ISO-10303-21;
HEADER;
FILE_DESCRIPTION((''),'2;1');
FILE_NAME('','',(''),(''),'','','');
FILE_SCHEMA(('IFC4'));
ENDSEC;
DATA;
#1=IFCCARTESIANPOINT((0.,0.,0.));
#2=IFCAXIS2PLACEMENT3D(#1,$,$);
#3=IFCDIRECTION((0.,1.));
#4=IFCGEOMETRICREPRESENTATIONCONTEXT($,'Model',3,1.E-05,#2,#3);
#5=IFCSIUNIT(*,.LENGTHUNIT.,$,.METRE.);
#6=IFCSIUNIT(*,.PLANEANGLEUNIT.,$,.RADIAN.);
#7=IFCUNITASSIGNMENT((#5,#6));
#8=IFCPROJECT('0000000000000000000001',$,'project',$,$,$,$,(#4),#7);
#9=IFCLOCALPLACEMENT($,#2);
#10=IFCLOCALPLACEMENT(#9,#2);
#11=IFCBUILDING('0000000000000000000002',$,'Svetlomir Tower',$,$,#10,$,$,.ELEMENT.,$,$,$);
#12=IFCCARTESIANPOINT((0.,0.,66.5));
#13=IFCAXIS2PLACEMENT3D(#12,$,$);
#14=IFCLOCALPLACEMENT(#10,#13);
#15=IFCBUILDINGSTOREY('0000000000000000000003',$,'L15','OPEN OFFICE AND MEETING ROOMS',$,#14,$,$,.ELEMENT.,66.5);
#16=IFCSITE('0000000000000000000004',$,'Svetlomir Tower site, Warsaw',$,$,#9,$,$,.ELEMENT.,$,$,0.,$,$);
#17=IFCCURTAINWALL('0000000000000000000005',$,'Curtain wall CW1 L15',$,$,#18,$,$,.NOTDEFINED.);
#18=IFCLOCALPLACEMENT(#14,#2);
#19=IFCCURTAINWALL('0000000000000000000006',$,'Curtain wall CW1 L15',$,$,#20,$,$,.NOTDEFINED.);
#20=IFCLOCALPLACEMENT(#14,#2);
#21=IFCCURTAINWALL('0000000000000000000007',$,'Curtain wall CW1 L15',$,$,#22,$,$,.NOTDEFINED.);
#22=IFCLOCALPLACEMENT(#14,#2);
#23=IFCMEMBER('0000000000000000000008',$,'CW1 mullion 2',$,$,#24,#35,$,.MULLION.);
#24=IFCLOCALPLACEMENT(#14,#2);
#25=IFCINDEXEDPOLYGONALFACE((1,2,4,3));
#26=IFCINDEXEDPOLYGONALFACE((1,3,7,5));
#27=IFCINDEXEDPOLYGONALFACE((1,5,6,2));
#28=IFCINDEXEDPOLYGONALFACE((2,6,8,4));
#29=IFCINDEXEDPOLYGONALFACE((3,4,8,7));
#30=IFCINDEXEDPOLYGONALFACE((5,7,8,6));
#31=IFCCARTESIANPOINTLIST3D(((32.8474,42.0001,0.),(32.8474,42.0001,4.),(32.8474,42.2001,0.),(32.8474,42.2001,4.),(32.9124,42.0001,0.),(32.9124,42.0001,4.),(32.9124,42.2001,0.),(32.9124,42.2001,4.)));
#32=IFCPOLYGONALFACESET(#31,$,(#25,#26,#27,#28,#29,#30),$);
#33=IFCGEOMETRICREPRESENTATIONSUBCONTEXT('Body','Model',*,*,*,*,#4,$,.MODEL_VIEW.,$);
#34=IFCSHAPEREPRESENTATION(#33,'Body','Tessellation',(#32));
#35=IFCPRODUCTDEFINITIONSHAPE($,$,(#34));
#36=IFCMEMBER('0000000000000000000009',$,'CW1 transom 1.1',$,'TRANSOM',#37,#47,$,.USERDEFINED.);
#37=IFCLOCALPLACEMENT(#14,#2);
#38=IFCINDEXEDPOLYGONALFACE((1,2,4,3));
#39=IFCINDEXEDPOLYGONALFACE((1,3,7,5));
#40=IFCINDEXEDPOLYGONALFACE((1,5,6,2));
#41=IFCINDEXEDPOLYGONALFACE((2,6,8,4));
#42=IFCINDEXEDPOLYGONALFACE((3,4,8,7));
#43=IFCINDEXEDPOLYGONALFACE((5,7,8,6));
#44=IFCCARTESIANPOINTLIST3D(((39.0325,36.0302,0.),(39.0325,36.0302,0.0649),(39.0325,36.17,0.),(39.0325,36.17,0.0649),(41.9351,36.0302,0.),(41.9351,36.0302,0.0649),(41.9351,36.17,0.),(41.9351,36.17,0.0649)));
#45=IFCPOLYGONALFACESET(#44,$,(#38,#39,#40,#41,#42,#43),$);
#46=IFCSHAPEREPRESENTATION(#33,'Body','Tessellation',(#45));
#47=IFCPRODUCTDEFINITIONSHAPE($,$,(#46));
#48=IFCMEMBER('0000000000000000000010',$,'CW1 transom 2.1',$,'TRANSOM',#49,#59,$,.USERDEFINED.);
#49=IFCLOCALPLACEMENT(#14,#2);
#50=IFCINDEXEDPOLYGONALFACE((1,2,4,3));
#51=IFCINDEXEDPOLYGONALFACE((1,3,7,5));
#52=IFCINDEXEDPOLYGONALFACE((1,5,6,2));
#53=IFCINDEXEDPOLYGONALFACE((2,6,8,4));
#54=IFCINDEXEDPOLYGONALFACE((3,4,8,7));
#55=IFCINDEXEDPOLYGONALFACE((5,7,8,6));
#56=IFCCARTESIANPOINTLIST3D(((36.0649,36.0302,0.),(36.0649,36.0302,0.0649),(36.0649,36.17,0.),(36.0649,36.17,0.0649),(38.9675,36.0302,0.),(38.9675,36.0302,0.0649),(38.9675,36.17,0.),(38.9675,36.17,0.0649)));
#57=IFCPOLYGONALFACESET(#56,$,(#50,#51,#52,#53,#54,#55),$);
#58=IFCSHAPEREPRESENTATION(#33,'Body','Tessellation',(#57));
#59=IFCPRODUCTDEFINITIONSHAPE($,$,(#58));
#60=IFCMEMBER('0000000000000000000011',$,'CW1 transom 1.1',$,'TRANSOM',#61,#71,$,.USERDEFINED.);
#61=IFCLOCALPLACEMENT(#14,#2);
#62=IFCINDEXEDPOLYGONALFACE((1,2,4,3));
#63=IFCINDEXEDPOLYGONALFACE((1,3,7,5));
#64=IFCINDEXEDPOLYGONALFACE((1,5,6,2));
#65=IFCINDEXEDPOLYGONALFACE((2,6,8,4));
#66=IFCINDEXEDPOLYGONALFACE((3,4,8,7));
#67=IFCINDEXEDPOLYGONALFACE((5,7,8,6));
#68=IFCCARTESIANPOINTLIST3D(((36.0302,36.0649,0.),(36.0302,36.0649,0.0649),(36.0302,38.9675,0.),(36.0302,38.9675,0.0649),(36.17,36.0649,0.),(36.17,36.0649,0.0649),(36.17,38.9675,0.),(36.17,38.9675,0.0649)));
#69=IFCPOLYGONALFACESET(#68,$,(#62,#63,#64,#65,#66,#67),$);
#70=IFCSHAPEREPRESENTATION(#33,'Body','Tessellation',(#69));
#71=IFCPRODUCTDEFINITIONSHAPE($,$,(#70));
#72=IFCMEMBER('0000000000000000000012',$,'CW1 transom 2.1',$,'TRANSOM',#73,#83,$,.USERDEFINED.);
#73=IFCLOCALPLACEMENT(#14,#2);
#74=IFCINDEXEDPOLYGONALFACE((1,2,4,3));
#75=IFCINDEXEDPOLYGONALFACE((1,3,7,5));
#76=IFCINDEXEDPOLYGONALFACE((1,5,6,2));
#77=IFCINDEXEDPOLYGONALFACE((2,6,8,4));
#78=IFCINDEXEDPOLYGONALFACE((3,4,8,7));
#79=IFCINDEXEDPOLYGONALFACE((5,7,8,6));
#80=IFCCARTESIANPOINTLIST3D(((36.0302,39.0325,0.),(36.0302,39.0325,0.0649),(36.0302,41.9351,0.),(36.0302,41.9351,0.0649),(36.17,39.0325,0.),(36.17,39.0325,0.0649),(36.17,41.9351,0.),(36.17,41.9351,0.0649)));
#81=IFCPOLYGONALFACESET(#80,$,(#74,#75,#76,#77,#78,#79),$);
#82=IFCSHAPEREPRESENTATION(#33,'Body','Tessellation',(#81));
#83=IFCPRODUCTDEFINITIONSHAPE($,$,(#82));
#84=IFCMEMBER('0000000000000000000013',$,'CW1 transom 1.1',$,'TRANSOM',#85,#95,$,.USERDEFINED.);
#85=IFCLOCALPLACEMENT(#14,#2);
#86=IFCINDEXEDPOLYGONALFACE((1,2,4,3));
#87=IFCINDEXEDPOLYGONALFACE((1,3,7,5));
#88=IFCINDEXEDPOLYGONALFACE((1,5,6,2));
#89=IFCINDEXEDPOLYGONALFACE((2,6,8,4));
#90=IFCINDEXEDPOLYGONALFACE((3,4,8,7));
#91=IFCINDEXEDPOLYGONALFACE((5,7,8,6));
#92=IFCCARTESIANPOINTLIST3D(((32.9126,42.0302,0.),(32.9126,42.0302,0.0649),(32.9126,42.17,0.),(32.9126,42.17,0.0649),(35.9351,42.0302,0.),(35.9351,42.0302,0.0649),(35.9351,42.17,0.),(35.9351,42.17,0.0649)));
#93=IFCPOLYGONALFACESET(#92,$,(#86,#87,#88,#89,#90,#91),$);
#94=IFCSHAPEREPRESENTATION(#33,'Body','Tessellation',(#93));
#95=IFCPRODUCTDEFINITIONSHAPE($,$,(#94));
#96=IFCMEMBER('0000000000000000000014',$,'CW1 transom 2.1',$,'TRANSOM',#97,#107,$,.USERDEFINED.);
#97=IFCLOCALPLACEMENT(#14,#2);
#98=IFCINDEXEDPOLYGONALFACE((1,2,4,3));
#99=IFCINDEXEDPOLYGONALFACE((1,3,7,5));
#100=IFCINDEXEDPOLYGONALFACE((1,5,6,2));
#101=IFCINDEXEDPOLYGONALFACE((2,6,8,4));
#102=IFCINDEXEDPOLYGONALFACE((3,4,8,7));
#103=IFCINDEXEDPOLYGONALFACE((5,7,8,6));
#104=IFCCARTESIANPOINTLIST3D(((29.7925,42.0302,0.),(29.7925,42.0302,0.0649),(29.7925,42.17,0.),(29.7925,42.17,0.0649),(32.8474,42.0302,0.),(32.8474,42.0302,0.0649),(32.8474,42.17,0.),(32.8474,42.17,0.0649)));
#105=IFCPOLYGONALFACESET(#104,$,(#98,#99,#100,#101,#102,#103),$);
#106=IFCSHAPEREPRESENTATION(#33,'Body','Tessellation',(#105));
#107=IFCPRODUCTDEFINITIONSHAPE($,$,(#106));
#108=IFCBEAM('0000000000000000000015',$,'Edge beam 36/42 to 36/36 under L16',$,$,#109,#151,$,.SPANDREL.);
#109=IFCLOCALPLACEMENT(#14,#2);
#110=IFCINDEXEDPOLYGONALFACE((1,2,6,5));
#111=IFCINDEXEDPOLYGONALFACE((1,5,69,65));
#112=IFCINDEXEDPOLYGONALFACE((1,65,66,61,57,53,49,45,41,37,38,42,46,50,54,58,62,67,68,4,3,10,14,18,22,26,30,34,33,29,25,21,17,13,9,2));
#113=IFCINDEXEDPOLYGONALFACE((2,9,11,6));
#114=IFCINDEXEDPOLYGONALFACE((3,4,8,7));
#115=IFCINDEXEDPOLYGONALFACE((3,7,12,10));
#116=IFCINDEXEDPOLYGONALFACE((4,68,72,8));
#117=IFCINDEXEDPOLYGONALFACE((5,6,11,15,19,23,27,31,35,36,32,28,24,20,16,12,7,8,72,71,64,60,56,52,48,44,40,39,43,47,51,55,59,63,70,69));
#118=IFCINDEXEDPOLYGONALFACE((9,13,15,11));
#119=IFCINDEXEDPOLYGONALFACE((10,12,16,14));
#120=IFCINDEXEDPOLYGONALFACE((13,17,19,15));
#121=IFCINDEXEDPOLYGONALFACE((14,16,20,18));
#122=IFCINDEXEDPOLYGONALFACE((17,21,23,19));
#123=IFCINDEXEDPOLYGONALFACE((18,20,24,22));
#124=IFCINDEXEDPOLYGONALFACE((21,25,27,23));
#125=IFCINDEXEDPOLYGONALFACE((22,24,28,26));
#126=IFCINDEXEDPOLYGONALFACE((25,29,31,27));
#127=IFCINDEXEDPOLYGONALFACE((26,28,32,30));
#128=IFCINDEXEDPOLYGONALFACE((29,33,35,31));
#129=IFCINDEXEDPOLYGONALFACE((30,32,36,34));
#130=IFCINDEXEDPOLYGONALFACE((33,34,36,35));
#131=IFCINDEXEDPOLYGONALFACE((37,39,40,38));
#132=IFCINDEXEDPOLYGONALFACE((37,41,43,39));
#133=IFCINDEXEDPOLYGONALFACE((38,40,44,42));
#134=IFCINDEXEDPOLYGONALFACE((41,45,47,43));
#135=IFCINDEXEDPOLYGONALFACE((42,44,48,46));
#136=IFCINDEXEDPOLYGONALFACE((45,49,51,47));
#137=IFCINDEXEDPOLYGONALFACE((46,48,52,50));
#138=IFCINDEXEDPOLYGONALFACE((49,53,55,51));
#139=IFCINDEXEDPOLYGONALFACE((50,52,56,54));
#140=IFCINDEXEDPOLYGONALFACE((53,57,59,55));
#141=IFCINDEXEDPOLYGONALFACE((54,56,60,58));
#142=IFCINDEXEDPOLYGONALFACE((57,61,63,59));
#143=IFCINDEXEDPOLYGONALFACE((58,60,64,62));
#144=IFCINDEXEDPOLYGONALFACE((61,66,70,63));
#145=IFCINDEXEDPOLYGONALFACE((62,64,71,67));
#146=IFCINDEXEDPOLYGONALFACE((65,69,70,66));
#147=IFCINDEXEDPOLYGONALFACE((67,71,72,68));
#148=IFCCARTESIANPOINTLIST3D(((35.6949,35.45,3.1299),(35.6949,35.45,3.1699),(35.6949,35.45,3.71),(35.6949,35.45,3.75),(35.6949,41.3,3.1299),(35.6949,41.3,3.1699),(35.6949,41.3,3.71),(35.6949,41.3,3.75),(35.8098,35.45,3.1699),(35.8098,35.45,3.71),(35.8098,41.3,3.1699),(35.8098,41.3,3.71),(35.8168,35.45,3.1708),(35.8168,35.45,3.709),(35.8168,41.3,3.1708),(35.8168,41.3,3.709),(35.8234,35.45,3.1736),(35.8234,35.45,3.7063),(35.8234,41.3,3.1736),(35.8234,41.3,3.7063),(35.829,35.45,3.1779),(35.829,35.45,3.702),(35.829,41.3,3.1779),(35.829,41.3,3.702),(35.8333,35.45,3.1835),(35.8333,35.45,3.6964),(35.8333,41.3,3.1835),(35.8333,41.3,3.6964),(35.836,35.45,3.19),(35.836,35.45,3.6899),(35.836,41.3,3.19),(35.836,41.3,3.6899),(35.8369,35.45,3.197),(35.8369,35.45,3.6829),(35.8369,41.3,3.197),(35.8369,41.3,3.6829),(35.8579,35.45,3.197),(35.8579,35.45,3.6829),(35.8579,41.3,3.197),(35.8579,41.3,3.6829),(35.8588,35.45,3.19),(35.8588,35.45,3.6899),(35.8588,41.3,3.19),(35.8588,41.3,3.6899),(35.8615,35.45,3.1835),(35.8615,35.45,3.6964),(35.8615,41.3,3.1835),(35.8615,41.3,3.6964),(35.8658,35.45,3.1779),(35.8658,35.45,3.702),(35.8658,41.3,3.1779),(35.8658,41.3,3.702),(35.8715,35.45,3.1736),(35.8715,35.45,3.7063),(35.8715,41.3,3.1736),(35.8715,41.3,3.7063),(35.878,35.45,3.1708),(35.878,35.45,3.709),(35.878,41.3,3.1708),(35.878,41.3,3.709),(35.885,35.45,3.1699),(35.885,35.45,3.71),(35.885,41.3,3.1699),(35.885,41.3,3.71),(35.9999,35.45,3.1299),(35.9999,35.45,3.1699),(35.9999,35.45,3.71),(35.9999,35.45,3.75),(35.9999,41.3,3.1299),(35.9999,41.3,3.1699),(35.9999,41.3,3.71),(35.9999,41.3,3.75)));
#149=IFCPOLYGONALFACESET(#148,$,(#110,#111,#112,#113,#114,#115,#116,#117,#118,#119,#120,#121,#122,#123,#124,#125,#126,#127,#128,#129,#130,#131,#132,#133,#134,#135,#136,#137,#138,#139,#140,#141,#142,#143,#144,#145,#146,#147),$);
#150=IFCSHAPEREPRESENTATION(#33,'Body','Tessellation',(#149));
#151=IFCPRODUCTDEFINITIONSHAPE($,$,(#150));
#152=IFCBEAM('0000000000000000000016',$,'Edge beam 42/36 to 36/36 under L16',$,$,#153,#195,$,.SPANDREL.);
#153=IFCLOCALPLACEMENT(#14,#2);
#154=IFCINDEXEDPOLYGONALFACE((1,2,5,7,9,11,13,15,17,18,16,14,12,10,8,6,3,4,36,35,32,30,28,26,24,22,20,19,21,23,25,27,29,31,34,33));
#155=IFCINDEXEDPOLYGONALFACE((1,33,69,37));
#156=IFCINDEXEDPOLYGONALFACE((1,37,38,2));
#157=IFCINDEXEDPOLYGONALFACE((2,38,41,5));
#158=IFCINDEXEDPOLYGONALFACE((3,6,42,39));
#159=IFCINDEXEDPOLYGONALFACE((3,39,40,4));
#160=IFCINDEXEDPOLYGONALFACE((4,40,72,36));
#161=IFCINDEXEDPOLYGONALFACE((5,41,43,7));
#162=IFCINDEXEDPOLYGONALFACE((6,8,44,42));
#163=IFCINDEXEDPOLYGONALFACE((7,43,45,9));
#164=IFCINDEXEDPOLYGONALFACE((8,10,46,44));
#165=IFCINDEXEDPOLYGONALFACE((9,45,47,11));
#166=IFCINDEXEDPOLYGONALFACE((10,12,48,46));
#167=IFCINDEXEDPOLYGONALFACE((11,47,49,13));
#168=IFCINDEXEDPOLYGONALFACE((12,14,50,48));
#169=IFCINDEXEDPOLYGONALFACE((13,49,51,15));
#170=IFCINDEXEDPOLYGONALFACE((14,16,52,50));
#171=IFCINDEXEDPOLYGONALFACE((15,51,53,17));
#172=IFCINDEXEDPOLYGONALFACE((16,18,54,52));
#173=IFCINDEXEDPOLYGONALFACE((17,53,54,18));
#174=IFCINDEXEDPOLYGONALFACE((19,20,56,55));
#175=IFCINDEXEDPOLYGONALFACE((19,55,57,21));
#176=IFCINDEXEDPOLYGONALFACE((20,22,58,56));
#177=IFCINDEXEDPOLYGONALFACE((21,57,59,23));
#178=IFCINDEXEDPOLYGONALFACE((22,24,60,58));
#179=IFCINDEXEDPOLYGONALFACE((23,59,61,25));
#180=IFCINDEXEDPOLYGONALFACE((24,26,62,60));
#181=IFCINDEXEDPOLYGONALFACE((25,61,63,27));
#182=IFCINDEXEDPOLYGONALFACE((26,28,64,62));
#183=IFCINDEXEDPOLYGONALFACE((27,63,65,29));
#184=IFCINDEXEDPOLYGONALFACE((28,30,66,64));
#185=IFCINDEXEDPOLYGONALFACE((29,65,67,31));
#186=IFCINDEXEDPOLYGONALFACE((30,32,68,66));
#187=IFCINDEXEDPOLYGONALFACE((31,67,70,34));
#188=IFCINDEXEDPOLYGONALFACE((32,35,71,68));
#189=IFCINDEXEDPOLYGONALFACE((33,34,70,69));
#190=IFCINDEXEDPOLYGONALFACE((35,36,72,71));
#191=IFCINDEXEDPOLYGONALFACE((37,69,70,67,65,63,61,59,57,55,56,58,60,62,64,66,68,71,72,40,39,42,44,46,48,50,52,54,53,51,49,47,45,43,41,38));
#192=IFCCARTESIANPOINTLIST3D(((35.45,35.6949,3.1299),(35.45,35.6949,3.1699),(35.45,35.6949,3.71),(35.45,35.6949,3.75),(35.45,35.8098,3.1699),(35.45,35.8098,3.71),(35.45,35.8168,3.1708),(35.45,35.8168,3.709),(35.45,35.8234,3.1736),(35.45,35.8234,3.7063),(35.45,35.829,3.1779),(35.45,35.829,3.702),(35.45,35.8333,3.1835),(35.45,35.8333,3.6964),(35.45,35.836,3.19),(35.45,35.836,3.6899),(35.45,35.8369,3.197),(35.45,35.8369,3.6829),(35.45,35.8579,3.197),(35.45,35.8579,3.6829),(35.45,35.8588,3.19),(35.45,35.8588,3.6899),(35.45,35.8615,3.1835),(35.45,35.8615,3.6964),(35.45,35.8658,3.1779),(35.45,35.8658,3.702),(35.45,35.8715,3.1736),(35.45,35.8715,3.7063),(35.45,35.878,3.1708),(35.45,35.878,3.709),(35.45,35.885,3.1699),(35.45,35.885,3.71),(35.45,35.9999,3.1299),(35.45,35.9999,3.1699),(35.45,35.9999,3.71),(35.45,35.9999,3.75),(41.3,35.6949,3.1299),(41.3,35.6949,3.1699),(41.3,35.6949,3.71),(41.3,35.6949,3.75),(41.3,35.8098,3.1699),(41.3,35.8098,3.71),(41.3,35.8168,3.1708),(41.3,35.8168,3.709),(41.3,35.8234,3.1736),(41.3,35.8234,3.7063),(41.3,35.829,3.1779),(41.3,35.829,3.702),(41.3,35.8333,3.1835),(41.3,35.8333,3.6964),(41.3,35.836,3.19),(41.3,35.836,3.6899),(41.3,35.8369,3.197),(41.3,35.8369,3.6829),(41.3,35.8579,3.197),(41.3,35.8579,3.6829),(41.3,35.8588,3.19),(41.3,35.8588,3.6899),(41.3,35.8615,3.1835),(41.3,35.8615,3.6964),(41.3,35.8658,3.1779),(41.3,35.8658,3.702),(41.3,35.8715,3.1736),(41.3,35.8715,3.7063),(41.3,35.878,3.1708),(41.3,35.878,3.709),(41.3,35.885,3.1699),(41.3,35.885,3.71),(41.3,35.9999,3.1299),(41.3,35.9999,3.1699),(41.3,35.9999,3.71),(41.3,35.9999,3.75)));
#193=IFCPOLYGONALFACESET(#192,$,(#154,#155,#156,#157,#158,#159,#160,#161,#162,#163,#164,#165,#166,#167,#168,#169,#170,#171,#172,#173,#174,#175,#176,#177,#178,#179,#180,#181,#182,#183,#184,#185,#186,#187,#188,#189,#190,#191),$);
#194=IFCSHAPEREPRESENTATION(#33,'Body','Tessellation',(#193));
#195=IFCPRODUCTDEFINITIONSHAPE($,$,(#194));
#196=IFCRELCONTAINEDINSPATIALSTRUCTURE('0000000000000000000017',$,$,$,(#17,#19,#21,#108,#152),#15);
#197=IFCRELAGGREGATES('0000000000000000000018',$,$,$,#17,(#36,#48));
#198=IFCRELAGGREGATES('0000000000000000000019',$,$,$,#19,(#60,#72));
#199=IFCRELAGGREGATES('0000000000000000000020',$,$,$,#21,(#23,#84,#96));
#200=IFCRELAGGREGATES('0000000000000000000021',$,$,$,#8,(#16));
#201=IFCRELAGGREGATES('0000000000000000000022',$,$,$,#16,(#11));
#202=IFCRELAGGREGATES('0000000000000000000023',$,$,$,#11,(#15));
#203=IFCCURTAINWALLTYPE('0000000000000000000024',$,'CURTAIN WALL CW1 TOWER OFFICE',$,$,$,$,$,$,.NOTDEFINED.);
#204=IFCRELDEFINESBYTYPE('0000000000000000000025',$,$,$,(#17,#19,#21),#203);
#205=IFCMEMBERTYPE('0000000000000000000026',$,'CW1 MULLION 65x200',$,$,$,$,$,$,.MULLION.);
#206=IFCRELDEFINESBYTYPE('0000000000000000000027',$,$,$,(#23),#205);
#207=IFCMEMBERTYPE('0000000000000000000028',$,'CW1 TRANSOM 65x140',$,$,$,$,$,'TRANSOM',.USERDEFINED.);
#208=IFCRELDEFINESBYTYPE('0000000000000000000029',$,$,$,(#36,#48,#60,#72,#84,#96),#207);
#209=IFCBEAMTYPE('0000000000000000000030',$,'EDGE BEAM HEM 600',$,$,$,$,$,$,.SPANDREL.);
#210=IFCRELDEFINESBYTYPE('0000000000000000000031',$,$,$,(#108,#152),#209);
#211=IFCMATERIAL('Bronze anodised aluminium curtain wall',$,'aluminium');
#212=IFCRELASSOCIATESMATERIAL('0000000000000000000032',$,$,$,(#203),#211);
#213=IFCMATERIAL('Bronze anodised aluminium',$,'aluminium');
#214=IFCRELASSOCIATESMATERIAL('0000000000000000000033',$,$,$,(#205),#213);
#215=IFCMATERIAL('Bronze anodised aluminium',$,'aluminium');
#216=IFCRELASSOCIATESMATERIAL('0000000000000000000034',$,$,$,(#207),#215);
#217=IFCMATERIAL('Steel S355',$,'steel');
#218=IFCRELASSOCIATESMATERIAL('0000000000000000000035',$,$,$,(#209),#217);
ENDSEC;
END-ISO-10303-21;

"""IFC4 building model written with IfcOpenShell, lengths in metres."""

from ifc_helpers import new_model, si_unit, direction, frame, origin, origin_2d, place, context, subcontext, project, spatial, rectangle, i_section, extrude, material, material_profile, profile_set, type_object, element, aggregate, save


model = new_model("IFC4")

# Units and contexts
model_context = context("Model", 3, precision=1e-05, world=origin(), true_north=direction((0.0, 1.0)))
body_context = subcontext(model_context, "Body", "Model", "MODEL_VIEW")
ifc_project = project(units=[si_unit("LENGTHUNIT", "METRE"), si_unit("PLANEANGLEUNIT", "RADIAN")], contexts=[model_context])

# Site, building, storey
site_placement = place(None, origin())
site = spatial("IfcSite", under=ifc_project, at=site_placement, Name="Svetlomir Tower site, Warsaw", CompositionType="ELEMENT", RefElevation=0.0)
building_placement = place(site_placement, origin())
building = spatial("IfcBuilding", under=site, at=building_placement, Name="Svetlomir Tower", CompositionType="ELEMENT")
storey_placement = place(building_placement, frame((0.0, 0.0, 66.5)))
storey = spatial("IfcBuildingStorey", under=building, at=storey_placement, Name="L15", Description="OPEN OFFICE AND MEETING ROOMS", CompositionType="ELEMENT", Elevation=66.5)

# Curtain walls
ifc_material_1 = material(Name="Bronze anodised aluminium curtain wall", Category="aluminium")
curtain_wall_type = type_object("IfcCurtainWallType", Name="CURTAIN WALL CW1 TOWER OFFICE", PredefinedType="NOTDEFINED", material=ifc_material_1)
curtain_wall_1_placement = place(storey_placement, origin())
curtain_wall_1 = element("IfcCurtainWall", 1, at=curtain_wall_1_placement, inside=storey, type_object=curtain_wall_type, Name="Curtain wall CW1 L15", PredefinedType="NOTDEFINED")
curtain_wall_2_placement = place(storey_placement, origin())
curtain_wall_2 = element("IfcCurtainWall", 2, at=curtain_wall_2_placement, inside=storey, type_object=curtain_wall_type, Name="Curtain wall CW1 L15", PredefinedType="NOTDEFINED")
curtain_wall_3_placement = place(storey_placement, origin())
curtain_wall_3 = element("IfcCurtainWall", 3, at=curtain_wall_3_placement, inside=storey, type_object=curtain_wall_type, Name="Curtain wall CW1 L15", PredefinedType="NOTDEFINED")
ifc_material_2 = material(Name="Bronze anodised aluminium", Category="aluminium")
ifc_material_profile_1 = material_profile(ifc_material_2, rectangle(XDim=0.0649, YDim=0.2, at=origin_2d()), Name="AL 65x200")
ifc_profile_set_1 = profile_set([ifc_material_profile_1], Name="Bronze anodised aluminium 6063-T6")
member_type_1 = type_object("IfcMemberType", Name="CW1 MULLION 65x200", PredefinedType="MULLION", material=ifc_profile_set_1)

# Members
member_1_placement = place(storey_placement, frame((32.8799, 42.1001, 0.0), z_axis=(0.0, 0.0, 1.0), x_axis=(-1.0, 0.0, 0.0)))
member_1 = element("IfcMember", 4, at=member_1_placement, type_object=member_type_1, Name="CW1 mullion 2", PredefinedType="MULLION", context=body_context, shape_type="SweptSolid", body=[
    extrude(rectangle(XDim=0.0649, YDim=0.2, at=origin_2d()), origin(), (0.0, 0.0, 1.0), 4.0),
])
ifc_material_3 = material(Name="Bronze anodised aluminium", Category="aluminium")
ifc_material_profile_2 = material_profile(ifc_material_3, rectangle(XDim=0.1399, YDim=0.0649, at=origin_2d()), Name="AL 140x65")
ifc_profile_set_2 = profile_set([ifc_material_profile_2], Name="Bronze anodised aluminium 6063-T6")
member_type_2 = type_object("IfcMemberType", Name="CW1 TRANSOM 65x140", ElementType="TRANSOM", PredefinedType="USERDEFINED", material=ifc_profile_set_2)
member_2_placement = place(storey_placement, frame((41.9351, 36.1001, 0.0325), z_axis=(-1.0, 0.0, 0.0), x_axis=(0.0, -1.0, 0.0)))
member_2 = element("IfcMember", 5, at=member_2_placement, type_object=member_type_2, Name="CW1 transom 1.1", ObjectType="TRANSOM", PredefinedType="USERDEFINED", context=body_context, shape_type="SweptSolid", body=[
    extrude(rectangle(XDim=0.1399, YDim=0.0649, at=origin_2d()), origin(), (0.0, 0.0, 1.0), 2.9026),
])
member_3_placement = place(storey_placement, frame((38.9675, 36.1001, 0.0325), z_axis=(-1.0, 0.0, 0.0), x_axis=(0.0, -1.0, 0.0)))
member_3 = element("IfcMember", 6, at=member_3_placement, type_object=member_type_2, Name="CW1 transom 2.1", ObjectType="TRANSOM", PredefinedType="USERDEFINED", context=body_context, shape_type="SweptSolid", body=[
    extrude(rectangle(XDim=0.1399, YDim=0.0649, at=origin_2d()), origin(), (0.0, 0.0, 1.0), 2.9026),
])
member_4_placement = place(storey_placement, frame((36.1001, 36.0649, 0.0325), z_axis=(0.0, 1.0, 0.0), x_axis=(-1.0, 0.0, 0.0)))
member_4 = element("IfcMember", 7, at=member_4_placement, type_object=member_type_2, Name="CW1 transom 1.1", ObjectType="TRANSOM", PredefinedType="USERDEFINED", context=body_context, shape_type="SweptSolid", body=[
    extrude(rectangle(XDim=0.1399, YDim=0.0649, at=origin_2d()), origin(), (0.0, 0.0, 1.0), 2.9026),
])
member_5_placement = place(storey_placement, frame((36.1001, 39.0325, 0.0325), z_axis=(0.0, 1.0, 0.0), x_axis=(-1.0, 0.0, 0.0)))
member_5 = element("IfcMember", 8, at=member_5_placement, type_object=member_type_2, Name="CW1 transom 2.1", ObjectType="TRANSOM", PredefinedType="USERDEFINED", context=body_context, shape_type="SweptSolid", body=[
    extrude(rectangle(XDim=0.1399, YDim=0.0649, at=origin_2d()), origin(), (0.0, 0.0, 1.0), 2.9026),
])
member_6_placement = place(storey_placement, frame((35.9351, 42.1001, 0.0325), z_axis=(-1.0, 0.0, 0.0), x_axis=(0.0, -1.0, 0.0)))
member_6 = element("IfcMember", 9, at=member_6_placement, type_object=member_type_2, Name="CW1 transom 1.1", ObjectType="TRANSOM", PredefinedType="USERDEFINED", context=body_context, shape_type="SweptSolid", body=[
    extrude(rectangle(XDim=0.1399, YDim=0.0649, at=origin_2d()), origin(), (0.0, 0.0, 1.0), 3.0225),
])
member_7_placement = place(storey_placement, frame((32.8474, 42.1001, 0.0325), z_axis=(-1.0, 0.0, 0.0), x_axis=(0.0, -1.0, 0.0)))
member_7 = element("IfcMember", 10, at=member_7_placement, type_object=member_type_2, Name="CW1 transom 2.1", ObjectType="TRANSOM", PredefinedType="USERDEFINED", context=body_context, shape_type="SweptSolid", body=[
    extrude(rectangle(XDim=0.1399, YDim=0.0649, at=origin_2d()), origin(), (0.0, 0.0, 1.0), 3.0549),
])

# Beams
ifc_material_4 = material(Name="Steel S355", Category="steel")
ifc_material_profile_3 = material_profile(ifc_material_4, i_section(OverallWidth=0.3049, OverallDepth=0.6201, WebThickness=0.021, FlangeThickness=0.04, FilletRadius=0.0271, at=origin_2d()), Name="HEM 600")
ifc_profile_set_3 = profile_set([ifc_material_profile_3], Name="Steel S355")
beam_type = type_object("IfcBeamType", Name="EDGE BEAM HEM 600", PredefinedType="SPANDREL", material=ifc_profile_set_3)
for number, where, z_axis, x_axis, name in (
    (11, (35.8474, 41.3, 3.4399), (0.0, -1.0, 0.0), (1.0, 0.0, 0.0), "Edge beam 36/42 to 36/36 under L16"),
    (12, (41.3, 35.8474, 3.4399), (-1.0, 0.0, 0.0), (0.0, -1.0, 0.0), "Edge beam 42/36 to 36/36 under L16"),
):
    element("IfcBeam", number, at=place(storey_placement, frame(where, z_axis=z_axis, x_axis=x_axis)), inside=storey, type_object=beam_type, Name=name, PredefinedType="SPANDREL", context=body_context, shape_type="SweptSolid", body=[
        extrude(i_section(OverallWidth=0.3049, OverallDepth=0.6201, WebThickness=0.021, FlangeThickness=0.04, FilletRadius=0.0271, at=origin_2d()), origin(), (0.0, 0.0, 1.0), 5.8501),
    ])

aggregate(curtain_wall_1, [member_2, member_3])
aggregate(curtain_wall_2, [member_4, member_5])
aggregate(curtain_wall_3, [member_1, member_6, member_7])

save(model, "model.ifc")
